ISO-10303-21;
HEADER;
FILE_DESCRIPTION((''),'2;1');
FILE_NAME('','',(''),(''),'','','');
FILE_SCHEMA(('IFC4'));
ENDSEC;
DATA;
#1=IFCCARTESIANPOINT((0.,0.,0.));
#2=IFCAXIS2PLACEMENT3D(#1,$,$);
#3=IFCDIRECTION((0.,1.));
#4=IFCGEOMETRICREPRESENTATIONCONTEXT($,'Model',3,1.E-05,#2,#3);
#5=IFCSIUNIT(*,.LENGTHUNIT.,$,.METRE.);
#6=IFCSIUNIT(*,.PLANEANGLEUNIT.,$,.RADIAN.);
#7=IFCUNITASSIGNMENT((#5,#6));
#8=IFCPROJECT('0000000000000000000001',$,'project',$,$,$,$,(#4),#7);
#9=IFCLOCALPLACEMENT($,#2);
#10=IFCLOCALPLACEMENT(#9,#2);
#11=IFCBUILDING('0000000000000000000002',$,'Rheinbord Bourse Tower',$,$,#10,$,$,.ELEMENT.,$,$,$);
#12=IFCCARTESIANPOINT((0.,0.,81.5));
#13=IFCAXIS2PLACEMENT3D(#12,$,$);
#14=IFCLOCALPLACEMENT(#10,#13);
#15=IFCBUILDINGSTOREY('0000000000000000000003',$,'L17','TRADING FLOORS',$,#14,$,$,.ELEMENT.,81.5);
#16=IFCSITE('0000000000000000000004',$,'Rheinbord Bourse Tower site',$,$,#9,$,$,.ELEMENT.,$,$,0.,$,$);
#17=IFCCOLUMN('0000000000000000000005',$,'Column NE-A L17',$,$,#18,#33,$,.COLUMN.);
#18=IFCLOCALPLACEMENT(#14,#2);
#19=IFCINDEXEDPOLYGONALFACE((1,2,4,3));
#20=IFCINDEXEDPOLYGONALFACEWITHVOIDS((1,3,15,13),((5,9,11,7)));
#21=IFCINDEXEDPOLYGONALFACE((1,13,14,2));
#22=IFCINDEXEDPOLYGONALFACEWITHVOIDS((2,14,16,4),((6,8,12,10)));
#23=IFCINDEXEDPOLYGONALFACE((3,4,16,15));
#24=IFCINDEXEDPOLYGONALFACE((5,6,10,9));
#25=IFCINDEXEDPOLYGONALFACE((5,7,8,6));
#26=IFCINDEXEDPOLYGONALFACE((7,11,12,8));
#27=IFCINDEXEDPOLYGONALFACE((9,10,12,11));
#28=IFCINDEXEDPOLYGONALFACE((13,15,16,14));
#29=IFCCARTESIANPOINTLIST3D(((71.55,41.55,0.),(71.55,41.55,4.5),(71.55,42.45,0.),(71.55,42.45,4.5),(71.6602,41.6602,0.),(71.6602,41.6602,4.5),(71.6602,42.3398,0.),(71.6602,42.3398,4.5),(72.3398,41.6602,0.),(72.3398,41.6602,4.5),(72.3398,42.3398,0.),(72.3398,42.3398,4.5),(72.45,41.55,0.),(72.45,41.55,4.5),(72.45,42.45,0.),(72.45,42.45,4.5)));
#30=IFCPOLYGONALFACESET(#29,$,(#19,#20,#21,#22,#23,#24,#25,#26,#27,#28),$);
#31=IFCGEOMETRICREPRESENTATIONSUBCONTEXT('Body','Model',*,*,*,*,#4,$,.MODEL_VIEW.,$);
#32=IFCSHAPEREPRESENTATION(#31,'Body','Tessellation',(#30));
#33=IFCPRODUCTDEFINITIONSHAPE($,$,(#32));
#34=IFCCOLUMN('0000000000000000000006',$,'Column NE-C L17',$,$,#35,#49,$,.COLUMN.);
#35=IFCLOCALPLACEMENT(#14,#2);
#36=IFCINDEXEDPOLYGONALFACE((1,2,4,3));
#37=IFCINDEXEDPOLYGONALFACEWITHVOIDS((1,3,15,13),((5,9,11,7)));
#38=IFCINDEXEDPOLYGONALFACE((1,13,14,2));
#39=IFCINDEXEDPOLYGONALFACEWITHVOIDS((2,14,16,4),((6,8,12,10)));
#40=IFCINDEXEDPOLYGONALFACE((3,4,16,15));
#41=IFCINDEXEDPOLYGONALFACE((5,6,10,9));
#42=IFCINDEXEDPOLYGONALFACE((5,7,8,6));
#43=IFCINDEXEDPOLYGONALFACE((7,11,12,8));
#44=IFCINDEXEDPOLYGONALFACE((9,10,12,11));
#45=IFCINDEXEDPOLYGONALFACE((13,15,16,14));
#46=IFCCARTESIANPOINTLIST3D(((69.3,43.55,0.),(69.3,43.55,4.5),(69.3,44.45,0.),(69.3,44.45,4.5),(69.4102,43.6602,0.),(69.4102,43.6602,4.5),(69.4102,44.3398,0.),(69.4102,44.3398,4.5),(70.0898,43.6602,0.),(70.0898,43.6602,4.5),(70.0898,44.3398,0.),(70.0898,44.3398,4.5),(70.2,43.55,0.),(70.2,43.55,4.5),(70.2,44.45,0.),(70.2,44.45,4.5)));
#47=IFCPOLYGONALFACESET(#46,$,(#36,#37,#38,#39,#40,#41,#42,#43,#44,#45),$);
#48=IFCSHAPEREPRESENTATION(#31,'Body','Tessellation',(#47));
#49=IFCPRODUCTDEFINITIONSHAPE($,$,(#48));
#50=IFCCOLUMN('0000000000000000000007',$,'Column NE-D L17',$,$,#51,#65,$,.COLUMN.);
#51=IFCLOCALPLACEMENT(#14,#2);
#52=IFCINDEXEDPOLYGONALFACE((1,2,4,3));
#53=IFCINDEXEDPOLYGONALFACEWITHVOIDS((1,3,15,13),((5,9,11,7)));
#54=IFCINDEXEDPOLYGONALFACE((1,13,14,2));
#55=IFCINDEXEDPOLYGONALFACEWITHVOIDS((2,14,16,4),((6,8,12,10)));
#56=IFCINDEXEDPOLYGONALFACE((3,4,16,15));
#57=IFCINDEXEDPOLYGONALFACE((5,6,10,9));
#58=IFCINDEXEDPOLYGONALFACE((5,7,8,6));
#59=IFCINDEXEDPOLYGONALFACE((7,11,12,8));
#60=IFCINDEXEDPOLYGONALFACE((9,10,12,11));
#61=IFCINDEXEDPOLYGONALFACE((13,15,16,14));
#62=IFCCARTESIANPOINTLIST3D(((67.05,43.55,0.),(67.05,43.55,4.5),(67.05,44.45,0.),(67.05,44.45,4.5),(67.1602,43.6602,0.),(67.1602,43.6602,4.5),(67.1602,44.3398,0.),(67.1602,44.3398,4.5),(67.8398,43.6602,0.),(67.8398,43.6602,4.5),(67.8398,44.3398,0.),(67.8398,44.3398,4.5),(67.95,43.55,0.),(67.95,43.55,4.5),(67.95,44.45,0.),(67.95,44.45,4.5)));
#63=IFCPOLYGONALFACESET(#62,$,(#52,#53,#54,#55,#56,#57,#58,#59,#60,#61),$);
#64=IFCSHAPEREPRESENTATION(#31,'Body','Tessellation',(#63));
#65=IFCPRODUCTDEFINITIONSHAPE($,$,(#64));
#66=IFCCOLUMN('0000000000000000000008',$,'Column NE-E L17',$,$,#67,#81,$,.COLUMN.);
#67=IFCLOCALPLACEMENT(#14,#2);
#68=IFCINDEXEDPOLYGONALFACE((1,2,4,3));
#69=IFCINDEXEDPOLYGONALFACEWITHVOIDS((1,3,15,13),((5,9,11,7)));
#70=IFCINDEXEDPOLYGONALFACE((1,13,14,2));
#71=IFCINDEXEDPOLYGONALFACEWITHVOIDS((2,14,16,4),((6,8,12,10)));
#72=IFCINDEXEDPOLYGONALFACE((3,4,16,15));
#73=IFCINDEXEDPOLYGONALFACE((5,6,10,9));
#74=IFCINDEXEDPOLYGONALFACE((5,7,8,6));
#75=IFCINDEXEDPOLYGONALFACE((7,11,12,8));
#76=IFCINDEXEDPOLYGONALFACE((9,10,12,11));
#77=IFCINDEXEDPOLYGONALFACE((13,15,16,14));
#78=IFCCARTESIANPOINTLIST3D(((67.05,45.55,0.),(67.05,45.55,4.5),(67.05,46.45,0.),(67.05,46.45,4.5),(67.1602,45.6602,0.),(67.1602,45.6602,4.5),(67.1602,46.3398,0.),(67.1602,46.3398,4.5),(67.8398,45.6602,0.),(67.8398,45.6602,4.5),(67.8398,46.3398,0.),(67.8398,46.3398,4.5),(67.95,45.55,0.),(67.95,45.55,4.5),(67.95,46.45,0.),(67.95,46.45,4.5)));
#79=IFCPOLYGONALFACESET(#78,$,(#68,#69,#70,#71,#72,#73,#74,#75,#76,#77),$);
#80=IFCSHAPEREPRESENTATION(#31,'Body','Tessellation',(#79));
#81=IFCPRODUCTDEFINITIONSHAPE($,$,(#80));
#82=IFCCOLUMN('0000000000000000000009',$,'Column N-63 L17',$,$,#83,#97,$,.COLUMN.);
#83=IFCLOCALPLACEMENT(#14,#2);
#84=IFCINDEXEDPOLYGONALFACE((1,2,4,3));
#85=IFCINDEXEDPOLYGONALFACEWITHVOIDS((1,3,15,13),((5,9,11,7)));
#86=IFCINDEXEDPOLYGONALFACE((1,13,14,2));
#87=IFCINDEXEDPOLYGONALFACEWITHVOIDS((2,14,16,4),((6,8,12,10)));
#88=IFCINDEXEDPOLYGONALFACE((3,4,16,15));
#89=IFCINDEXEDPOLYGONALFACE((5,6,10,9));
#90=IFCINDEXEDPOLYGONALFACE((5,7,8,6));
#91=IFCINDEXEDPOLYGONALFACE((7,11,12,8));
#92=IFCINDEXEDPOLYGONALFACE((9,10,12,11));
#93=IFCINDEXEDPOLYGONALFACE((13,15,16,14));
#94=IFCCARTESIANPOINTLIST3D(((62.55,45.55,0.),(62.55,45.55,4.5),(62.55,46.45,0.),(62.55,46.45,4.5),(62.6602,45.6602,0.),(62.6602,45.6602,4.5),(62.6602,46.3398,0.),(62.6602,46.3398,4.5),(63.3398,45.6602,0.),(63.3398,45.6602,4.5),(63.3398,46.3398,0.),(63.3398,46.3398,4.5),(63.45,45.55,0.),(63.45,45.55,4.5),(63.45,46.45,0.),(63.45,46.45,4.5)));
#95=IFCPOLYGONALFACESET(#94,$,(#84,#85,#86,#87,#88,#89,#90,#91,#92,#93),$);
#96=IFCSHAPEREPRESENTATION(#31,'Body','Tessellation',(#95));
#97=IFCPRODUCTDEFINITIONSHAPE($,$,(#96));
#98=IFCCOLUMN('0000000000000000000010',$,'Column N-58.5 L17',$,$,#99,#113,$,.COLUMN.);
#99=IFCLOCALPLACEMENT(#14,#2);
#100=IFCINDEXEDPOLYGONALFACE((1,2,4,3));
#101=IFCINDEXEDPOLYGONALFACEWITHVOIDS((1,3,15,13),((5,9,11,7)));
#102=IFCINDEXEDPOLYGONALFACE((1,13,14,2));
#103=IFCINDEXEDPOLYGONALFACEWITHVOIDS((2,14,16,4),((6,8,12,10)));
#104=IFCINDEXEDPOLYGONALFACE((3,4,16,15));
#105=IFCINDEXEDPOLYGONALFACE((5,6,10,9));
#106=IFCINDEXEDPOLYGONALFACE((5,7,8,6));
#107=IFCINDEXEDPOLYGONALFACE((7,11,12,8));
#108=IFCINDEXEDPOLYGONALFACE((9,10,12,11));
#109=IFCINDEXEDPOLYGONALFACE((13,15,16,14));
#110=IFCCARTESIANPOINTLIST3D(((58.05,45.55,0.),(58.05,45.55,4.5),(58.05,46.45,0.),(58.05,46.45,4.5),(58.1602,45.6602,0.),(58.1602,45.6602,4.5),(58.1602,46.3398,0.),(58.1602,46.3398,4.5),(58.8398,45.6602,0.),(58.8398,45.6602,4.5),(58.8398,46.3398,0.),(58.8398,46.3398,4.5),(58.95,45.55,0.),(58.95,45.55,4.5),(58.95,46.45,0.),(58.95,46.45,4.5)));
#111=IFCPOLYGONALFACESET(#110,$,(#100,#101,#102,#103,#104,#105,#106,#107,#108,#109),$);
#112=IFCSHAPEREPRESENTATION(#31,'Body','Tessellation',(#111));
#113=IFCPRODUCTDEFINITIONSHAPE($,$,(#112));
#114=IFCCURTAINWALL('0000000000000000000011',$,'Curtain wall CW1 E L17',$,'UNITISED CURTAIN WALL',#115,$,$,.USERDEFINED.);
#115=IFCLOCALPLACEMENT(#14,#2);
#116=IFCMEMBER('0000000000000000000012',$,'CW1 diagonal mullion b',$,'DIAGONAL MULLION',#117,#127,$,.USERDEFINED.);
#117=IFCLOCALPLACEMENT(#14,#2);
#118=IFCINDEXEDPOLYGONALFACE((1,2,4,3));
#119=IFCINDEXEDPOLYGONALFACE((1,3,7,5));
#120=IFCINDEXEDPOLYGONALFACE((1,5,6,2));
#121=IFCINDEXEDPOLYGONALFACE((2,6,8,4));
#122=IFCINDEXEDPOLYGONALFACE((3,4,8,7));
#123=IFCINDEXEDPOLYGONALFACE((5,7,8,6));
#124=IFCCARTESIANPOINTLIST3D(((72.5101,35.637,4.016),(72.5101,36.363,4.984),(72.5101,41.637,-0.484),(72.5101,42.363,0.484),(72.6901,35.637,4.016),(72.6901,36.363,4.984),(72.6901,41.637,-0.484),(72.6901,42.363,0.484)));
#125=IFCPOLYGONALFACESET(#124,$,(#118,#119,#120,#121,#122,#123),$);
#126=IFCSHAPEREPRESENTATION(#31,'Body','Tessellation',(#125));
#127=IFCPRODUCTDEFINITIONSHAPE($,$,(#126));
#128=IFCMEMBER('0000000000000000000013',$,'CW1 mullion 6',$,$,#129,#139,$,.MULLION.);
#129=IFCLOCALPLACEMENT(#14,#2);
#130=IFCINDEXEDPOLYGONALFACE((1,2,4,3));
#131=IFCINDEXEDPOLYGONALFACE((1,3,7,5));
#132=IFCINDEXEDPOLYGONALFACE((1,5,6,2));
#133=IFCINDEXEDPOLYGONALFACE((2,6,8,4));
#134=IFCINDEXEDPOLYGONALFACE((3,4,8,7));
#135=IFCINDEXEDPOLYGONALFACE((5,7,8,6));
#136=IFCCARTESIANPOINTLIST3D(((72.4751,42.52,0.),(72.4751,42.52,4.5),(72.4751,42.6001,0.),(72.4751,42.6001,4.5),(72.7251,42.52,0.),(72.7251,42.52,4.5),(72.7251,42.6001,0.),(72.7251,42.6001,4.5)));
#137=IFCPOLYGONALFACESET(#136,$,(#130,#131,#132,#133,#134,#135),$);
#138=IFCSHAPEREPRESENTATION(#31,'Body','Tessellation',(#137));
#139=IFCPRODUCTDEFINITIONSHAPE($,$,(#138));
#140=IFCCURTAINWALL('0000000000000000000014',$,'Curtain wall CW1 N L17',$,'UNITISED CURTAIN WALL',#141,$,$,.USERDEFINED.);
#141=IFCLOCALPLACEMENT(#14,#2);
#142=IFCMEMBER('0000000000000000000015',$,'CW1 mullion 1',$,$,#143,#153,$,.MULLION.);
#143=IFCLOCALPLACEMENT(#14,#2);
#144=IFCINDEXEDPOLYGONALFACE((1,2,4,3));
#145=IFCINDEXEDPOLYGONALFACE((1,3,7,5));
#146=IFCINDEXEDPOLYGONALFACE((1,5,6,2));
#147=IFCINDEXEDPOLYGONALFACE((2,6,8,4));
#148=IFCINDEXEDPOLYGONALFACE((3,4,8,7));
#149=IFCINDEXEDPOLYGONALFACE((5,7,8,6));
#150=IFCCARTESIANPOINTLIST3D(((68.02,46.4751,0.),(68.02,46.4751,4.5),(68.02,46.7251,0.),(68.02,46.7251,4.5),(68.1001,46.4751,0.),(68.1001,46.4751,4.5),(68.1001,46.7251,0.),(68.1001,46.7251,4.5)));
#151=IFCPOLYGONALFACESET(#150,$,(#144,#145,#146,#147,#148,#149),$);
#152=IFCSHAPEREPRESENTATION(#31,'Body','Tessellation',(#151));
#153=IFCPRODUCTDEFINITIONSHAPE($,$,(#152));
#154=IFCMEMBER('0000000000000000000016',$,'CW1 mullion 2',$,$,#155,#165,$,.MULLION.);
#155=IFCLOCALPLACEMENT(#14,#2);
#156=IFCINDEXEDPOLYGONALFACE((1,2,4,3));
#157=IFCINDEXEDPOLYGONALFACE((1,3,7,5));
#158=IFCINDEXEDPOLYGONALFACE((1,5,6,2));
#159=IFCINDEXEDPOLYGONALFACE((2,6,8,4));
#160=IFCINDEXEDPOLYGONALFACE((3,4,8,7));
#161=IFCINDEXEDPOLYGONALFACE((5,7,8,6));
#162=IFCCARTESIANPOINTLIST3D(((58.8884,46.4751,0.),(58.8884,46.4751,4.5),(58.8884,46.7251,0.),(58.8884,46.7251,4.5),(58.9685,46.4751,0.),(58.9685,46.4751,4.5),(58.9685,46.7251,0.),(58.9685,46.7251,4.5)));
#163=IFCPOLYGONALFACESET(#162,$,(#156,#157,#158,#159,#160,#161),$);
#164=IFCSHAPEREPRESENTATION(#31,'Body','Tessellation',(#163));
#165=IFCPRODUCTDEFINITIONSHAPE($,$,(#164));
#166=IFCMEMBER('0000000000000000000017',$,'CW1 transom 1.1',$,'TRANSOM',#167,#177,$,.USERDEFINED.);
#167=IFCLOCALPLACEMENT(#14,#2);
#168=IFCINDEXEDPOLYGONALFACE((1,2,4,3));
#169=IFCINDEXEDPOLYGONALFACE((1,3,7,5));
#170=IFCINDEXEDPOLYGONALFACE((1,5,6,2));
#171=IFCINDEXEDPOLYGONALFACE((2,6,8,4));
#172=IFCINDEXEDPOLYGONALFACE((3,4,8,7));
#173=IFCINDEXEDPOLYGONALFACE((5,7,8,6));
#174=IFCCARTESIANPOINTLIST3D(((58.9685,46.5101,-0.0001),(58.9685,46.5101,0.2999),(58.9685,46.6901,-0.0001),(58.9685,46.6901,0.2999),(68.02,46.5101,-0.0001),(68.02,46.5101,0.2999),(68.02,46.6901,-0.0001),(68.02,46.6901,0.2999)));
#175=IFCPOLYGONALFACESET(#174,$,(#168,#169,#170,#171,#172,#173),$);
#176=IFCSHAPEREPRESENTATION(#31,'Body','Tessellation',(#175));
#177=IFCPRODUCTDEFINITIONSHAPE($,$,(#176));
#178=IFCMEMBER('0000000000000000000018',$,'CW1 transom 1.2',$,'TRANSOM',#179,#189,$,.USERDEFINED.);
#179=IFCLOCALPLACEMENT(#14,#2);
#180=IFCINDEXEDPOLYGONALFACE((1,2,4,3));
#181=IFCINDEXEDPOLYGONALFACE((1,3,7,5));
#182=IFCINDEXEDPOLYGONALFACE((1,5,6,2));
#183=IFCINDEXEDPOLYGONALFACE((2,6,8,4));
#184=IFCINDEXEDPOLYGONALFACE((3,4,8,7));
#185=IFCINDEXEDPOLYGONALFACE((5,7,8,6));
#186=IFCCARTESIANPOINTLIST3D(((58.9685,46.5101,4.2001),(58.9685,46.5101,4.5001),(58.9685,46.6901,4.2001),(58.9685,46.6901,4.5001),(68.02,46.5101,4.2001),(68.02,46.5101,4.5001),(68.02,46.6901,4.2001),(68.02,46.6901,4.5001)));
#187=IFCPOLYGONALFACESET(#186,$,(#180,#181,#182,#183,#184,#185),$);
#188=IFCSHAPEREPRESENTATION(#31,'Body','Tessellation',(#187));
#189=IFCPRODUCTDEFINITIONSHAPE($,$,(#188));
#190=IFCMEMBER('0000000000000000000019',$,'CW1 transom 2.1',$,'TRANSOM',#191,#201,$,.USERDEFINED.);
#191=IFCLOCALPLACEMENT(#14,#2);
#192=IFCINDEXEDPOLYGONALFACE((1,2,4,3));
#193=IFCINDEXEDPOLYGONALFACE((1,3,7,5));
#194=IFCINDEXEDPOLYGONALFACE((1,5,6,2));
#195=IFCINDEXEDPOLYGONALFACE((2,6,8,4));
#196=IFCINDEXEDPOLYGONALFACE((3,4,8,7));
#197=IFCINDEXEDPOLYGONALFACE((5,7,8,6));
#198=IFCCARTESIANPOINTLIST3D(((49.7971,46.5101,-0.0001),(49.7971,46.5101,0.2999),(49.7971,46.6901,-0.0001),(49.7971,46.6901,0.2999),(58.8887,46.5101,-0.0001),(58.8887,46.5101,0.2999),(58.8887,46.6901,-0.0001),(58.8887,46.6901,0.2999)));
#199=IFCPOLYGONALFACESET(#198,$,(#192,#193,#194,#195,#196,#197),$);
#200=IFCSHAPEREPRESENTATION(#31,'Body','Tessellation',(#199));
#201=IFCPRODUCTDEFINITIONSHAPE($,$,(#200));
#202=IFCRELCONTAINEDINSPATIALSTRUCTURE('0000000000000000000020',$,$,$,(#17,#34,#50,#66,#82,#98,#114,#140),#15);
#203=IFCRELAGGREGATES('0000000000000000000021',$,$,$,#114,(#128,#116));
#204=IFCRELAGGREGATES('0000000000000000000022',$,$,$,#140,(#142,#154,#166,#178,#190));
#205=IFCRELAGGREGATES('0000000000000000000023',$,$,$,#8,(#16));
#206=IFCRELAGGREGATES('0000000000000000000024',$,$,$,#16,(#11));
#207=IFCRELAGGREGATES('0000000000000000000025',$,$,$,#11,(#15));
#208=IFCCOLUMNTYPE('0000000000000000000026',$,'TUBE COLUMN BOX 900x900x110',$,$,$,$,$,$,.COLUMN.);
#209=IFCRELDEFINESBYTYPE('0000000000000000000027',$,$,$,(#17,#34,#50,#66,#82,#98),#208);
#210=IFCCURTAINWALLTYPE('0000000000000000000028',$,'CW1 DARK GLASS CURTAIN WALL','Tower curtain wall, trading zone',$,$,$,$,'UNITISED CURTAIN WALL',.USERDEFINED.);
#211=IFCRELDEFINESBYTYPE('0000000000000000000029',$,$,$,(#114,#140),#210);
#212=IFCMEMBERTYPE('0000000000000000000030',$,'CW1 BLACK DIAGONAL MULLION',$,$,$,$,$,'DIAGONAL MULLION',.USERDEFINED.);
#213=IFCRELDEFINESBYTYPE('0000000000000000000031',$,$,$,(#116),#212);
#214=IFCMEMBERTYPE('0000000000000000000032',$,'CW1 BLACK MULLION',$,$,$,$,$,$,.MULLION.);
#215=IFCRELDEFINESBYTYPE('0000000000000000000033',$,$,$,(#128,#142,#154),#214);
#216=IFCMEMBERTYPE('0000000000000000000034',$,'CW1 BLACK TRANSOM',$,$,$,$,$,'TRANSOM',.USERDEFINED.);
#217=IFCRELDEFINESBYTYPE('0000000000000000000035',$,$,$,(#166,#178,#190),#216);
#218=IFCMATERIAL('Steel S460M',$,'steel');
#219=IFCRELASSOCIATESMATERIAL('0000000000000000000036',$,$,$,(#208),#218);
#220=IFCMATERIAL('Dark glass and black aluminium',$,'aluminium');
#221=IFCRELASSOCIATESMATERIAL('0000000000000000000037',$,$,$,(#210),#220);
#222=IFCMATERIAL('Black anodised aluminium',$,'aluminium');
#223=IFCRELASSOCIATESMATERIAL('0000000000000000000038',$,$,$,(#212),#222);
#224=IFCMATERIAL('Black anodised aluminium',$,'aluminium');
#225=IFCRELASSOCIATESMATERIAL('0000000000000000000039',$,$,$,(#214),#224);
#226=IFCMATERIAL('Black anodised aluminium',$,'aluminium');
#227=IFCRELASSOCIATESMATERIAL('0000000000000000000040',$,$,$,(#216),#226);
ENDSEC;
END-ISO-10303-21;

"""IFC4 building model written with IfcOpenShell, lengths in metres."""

from ifc_helpers import new_model, si_unit, direction, frame, origin, origin_2d, place, context, subcontext, project, spatial, rectangle, hollow_rectangle, extrude, material, material_profile, profile_set, type_object, element, aggregate, save


model = new_model("IFC4")

# Units and contexts
model_context = context("Model", 3, precision=1e-05, world=origin(), true_north=direction((0.0, 1.0)))
body_context = subcontext(model_context, "Body", "Model", "MODEL_VIEW")
ifc_project = project(units=[si_unit("LENGTHUNIT", "METRE"), si_unit("PLANEANGLEUNIT", "RADIAN")], contexts=[model_context])

# Site, building, storey
site_placement = place(None, origin())
site = spatial("IfcSite", under=ifc_project, at=site_placement, Name="Rheinbord Bourse Tower site", CompositionType="ELEMENT", RefElevation=0.0)
building_placement = place(site_placement, origin())
building = spatial("IfcBuilding", under=site, at=building_placement, Name="Rheinbord Bourse Tower", CompositionType="ELEMENT")
storey_placement = place(building_placement, frame((0.0, 0.0, 81.5)))
storey = spatial("IfcBuildingStorey", under=building, at=storey_placement, Name="L17", Description="TRADING FLOORS", CompositionType="ELEMENT", Elevation=81.5)

# Columns
ifc_material_1 = material(Name="Steel S460M", Category="steel")
ifc_material_profile_1 = material_profile(ifc_material_1, hollow_rectangle(XDim=0.8999, YDim=0.8999, WallThickness=0.1101, at=origin_2d()), Name="BOX 900x900x110")
ifc_profile_set_1 = profile_set([ifc_material_profile_1], Name="Steel S460M")
column_type = type_object("IfcColumnType", Name="TUBE COLUMN BOX 900x900x110", PredefinedType="COLUMN", material=ifc_profile_set_1)
for number, where, z_axis, x_axis, name in (
    (1, (72.0, 42.0, 0.0), (0.0, 0.0, 1.0), (1.0, 0.0, 0.0), "Column NE-A L17"),
    (2, (69.75, 44.0, 0.0), (0.0, 0.0, 1.0), (1.0, 0.0, 0.0), "Column NE-C L17"),
    (3, (67.5, 44.0, 0.0), (0.0, 0.0, 1.0), (0.0, 1.0, 0.0), "Column NE-D L17"),
    (4, (67.5, 46.0, 0.0), (0.0, 0.0, 1.0), (0.0, 1.0, 0.0), "Column NE-E L17"),
    (5, (63.0, 46.0, 0.0), (0.0, 0.0, 1.0), (0.0, 1.0, 0.0), "Column N-63 L17"),
    (6, (58.5, 46.0, 0.0), (0.0, 0.0, 1.0), (0.0, 1.0, 0.0), "Column N-58.5 L17"),
):
    element("IfcColumn", number, at=place(storey_placement, frame(where, z_axis=z_axis, x_axis=x_axis)), inside=storey, type_object=column_type, Name=name, PredefinedType="COLUMN", context=body_context, shape_type="SweptSolid", body=[
        extrude(hollow_rectangle(XDim=0.8999, YDim=0.8999, WallThickness=0.1101, at=origin_2d()), origin(), (0.0, 0.0, 1.0), 4.5),
    ])

# Curtain walls, members
ifc_material_2 = material(Name="Dark glass and black aluminium", Category="aluminium")
curtain_wall_type = type_object("IfcCurtainWallType", Name="CW1 DARK GLASS CURTAIN WALL", Description="Tower curtain wall, trading zone", ElementType="UNITISED CURTAIN WALL", PredefinedType="USERDEFINED", material=ifc_material_2)
curtain_wall_1_placement = place(storey_placement, origin())
curtain_wall_1 = element("IfcCurtainWall", 7, at=curtain_wall_1_placement, inside=storey, type_object=curtain_wall_type, Name="Curtain wall CW1 E L17", ObjectType="UNITISED CURTAIN WALL", PredefinedType="USERDEFINED")
ifc_material_3 = material(Name="Black anodised aluminium", Category="aluminium")
ifc_material_profile_2 = material_profile(ifc_material_3, rectangle(XDim=0.1799, YDim=1.21, at=origin_2d()), Name="CW1 DIAGONAL MULLION 1210x180")
ifc_profile_set_2 = profile_set([ifc_material_profile_2], Name="Black anodised aluminium")
member_type_1 = type_object("IfcMemberType", Name="CW1 BLACK DIAGONAL MULLION", ElementType="DIAGONAL MULLION", PredefinedType="USERDEFINED", material=ifc_profile_set_2)
member_1_placement = place(storey_placement, frame((72.6001, 42.0, 0.0), z_axis=(0.0, -0.8, 0.6), x_axis=(1.0, 0.0, 0.0)))
member_1 = element("IfcMember", 8, at=member_1_placement, type_object=member_type_1, Name="CW1 diagonal mullion b", ObjectType="DIAGONAL MULLION", PredefinedType="USERDEFINED", context=body_context, shape_type="SweptSolid", body=[
    extrude(rectangle(XDim=0.1799, YDim=1.21, at=origin_2d()), origin(), (0.0, 0.0, 1.0), 7.5),
])
ifc_material_4 = material(Name="Black anodised aluminium", Category="aluminium")
ifc_material_profile_3 = material_profile(ifc_material_4, rectangle(XDim=0.25, YDim=0.0801, at=origin_2d()), Name="CW1 MULLION 80x250")
ifc_profile_set_3 = profile_set([ifc_material_profile_3], Name="Black anodised aluminium")
member_type_2 = type_object("IfcMemberType", Name="CW1 BLACK MULLION", PredefinedType="MULLION", material=ifc_profile_set_3)
member_2_placement = place(storey_placement, frame((72.6001, 42.5601, 0.0), z_axis=(0.0, 0.0, 1.0), x_axis=(-1.0, 0.0, 0.0)))
member_2 = element("IfcMember", 9, at=member_2_placement, type_object=member_type_2, Name="CW1 mullion 6", PredefinedType="MULLION", context=body_context, shape_type="SweptSolid", body=[
    extrude(rectangle(XDim=0.25, YDim=0.0801, at=origin_2d()), origin(), (0.0, 0.0, 1.0), 4.5),
])
curtain_wall_2_placement = place(storey_placement, origin())
curtain_wall_2 = element("IfcCurtainWall", 10, at=curtain_wall_2_placement, inside=storey, type_object=curtain_wall_type, Name="Curtain wall CW1 N L17", ObjectType="UNITISED CURTAIN WALL", PredefinedType="USERDEFINED")
member_3_placement = place(storey_placement, frame((68.0601, 46.6001, 0.0), z_axis=(0.0, 0.0, 1.0), x_axis=(0.0, -1.0, 0.0)))
member_3 = element("IfcMember", 11, at=member_3_placement, type_object=member_type_2, Name="CW1 mullion 1", PredefinedType="MULLION", context=body_context, shape_type="SweptSolid", body=[
    extrude(rectangle(XDim=0.25, YDim=0.0801, at=origin_2d()), origin(), (0.0, 0.0, 1.0), 4.5),
])
member_4_placement = place(storey_placement, frame((58.9285, 46.6001, 0.0), z_axis=(0.0, 0.0, 1.0), x_axis=(0.0, -1.0, 0.0)))
member_4 = element("IfcMember", 12, at=member_4_placement, type_object=member_type_2, Name="CW1 mullion 2", PredefinedType="MULLION", context=body_context, shape_type="SweptSolid", body=[
    extrude(rectangle(XDim=0.25, YDim=0.0801, at=origin_2d()), origin(), (0.0, 0.0, 1.0), 4.5),
])
ifc_material_5 = material(Name="Black anodised aluminium", Category="aluminium")
ifc_material_profile_4 = material_profile(ifc_material_5, rectangle(XDim=0.1799, YDim=0.3, at=origin_2d()), Name="CW1 TRANSOM 300x180")
ifc_profile_set_4 = profile_set([ifc_material_profile_4], Name="Black anodised aluminium")
member_type_3 = type_object("IfcMemberType", Name="CW1 BLACK TRANSOM", ElementType="TRANSOM", PredefinedType="USERDEFINED", material=ifc_profile_set_4)
member_5_placement = place(storey_placement, frame((68.02, 46.6001, 0.1499), z_axis=(-1.0, 0.0, 0.0), x_axis=(0.0, -1.0, 0.0)))
member_5 = element("IfcMember", 13, at=member_5_placement, type_object=member_type_3, Name="CW1 transom 1.1", ObjectType="TRANSOM", PredefinedType="USERDEFINED", context=body_context, shape_type="SweptSolid", body=[
    extrude(rectangle(XDim=0.1799, YDim=0.3, at=origin_2d()), origin(), (0.0, 0.0, 1.0), 9.0515),
])
member_6_placement = place(storey_placement, frame((68.02, 46.6001, 4.3501), z_axis=(-1.0, 0.0, 0.0), x_axis=(0.0, -1.0, 0.0)))
member_6 = element("IfcMember", 14, at=member_6_placement, type_object=member_type_3, Name="CW1 transom 1.2", ObjectType="TRANSOM", PredefinedType="USERDEFINED", context=body_context, shape_type="SweptSolid", body=[
    extrude(rectangle(XDim=0.1799, YDim=0.3, at=origin_2d()), origin(), (0.0, 0.0, 1.0), 9.0515),
])
member_7_placement = place(storey_placement, frame((58.8887, 46.6001, 0.1499), z_axis=(-1.0, 0.0, 0.0), x_axis=(0.0, -1.0, 0.0)))
member_7 = element("IfcMember", 15, at=member_7_placement, type_object=member_type_3, Name="CW1 transom 2.1", ObjectType="TRANSOM", PredefinedType="USERDEFINED", context=body_context, shape_type="SweptSolid", body=[
    extrude(rectangle(XDim=0.1799, YDim=0.3, at=origin_2d()), origin(), (0.0, 0.0, 1.0), 9.0916),
])

aggregate(curtain_wall_1, [member_2, member_1])
aggregate(curtain_wall_2, [member_3, member_4, member_5, member_6, member_7])

save(model, "model.ifc")
